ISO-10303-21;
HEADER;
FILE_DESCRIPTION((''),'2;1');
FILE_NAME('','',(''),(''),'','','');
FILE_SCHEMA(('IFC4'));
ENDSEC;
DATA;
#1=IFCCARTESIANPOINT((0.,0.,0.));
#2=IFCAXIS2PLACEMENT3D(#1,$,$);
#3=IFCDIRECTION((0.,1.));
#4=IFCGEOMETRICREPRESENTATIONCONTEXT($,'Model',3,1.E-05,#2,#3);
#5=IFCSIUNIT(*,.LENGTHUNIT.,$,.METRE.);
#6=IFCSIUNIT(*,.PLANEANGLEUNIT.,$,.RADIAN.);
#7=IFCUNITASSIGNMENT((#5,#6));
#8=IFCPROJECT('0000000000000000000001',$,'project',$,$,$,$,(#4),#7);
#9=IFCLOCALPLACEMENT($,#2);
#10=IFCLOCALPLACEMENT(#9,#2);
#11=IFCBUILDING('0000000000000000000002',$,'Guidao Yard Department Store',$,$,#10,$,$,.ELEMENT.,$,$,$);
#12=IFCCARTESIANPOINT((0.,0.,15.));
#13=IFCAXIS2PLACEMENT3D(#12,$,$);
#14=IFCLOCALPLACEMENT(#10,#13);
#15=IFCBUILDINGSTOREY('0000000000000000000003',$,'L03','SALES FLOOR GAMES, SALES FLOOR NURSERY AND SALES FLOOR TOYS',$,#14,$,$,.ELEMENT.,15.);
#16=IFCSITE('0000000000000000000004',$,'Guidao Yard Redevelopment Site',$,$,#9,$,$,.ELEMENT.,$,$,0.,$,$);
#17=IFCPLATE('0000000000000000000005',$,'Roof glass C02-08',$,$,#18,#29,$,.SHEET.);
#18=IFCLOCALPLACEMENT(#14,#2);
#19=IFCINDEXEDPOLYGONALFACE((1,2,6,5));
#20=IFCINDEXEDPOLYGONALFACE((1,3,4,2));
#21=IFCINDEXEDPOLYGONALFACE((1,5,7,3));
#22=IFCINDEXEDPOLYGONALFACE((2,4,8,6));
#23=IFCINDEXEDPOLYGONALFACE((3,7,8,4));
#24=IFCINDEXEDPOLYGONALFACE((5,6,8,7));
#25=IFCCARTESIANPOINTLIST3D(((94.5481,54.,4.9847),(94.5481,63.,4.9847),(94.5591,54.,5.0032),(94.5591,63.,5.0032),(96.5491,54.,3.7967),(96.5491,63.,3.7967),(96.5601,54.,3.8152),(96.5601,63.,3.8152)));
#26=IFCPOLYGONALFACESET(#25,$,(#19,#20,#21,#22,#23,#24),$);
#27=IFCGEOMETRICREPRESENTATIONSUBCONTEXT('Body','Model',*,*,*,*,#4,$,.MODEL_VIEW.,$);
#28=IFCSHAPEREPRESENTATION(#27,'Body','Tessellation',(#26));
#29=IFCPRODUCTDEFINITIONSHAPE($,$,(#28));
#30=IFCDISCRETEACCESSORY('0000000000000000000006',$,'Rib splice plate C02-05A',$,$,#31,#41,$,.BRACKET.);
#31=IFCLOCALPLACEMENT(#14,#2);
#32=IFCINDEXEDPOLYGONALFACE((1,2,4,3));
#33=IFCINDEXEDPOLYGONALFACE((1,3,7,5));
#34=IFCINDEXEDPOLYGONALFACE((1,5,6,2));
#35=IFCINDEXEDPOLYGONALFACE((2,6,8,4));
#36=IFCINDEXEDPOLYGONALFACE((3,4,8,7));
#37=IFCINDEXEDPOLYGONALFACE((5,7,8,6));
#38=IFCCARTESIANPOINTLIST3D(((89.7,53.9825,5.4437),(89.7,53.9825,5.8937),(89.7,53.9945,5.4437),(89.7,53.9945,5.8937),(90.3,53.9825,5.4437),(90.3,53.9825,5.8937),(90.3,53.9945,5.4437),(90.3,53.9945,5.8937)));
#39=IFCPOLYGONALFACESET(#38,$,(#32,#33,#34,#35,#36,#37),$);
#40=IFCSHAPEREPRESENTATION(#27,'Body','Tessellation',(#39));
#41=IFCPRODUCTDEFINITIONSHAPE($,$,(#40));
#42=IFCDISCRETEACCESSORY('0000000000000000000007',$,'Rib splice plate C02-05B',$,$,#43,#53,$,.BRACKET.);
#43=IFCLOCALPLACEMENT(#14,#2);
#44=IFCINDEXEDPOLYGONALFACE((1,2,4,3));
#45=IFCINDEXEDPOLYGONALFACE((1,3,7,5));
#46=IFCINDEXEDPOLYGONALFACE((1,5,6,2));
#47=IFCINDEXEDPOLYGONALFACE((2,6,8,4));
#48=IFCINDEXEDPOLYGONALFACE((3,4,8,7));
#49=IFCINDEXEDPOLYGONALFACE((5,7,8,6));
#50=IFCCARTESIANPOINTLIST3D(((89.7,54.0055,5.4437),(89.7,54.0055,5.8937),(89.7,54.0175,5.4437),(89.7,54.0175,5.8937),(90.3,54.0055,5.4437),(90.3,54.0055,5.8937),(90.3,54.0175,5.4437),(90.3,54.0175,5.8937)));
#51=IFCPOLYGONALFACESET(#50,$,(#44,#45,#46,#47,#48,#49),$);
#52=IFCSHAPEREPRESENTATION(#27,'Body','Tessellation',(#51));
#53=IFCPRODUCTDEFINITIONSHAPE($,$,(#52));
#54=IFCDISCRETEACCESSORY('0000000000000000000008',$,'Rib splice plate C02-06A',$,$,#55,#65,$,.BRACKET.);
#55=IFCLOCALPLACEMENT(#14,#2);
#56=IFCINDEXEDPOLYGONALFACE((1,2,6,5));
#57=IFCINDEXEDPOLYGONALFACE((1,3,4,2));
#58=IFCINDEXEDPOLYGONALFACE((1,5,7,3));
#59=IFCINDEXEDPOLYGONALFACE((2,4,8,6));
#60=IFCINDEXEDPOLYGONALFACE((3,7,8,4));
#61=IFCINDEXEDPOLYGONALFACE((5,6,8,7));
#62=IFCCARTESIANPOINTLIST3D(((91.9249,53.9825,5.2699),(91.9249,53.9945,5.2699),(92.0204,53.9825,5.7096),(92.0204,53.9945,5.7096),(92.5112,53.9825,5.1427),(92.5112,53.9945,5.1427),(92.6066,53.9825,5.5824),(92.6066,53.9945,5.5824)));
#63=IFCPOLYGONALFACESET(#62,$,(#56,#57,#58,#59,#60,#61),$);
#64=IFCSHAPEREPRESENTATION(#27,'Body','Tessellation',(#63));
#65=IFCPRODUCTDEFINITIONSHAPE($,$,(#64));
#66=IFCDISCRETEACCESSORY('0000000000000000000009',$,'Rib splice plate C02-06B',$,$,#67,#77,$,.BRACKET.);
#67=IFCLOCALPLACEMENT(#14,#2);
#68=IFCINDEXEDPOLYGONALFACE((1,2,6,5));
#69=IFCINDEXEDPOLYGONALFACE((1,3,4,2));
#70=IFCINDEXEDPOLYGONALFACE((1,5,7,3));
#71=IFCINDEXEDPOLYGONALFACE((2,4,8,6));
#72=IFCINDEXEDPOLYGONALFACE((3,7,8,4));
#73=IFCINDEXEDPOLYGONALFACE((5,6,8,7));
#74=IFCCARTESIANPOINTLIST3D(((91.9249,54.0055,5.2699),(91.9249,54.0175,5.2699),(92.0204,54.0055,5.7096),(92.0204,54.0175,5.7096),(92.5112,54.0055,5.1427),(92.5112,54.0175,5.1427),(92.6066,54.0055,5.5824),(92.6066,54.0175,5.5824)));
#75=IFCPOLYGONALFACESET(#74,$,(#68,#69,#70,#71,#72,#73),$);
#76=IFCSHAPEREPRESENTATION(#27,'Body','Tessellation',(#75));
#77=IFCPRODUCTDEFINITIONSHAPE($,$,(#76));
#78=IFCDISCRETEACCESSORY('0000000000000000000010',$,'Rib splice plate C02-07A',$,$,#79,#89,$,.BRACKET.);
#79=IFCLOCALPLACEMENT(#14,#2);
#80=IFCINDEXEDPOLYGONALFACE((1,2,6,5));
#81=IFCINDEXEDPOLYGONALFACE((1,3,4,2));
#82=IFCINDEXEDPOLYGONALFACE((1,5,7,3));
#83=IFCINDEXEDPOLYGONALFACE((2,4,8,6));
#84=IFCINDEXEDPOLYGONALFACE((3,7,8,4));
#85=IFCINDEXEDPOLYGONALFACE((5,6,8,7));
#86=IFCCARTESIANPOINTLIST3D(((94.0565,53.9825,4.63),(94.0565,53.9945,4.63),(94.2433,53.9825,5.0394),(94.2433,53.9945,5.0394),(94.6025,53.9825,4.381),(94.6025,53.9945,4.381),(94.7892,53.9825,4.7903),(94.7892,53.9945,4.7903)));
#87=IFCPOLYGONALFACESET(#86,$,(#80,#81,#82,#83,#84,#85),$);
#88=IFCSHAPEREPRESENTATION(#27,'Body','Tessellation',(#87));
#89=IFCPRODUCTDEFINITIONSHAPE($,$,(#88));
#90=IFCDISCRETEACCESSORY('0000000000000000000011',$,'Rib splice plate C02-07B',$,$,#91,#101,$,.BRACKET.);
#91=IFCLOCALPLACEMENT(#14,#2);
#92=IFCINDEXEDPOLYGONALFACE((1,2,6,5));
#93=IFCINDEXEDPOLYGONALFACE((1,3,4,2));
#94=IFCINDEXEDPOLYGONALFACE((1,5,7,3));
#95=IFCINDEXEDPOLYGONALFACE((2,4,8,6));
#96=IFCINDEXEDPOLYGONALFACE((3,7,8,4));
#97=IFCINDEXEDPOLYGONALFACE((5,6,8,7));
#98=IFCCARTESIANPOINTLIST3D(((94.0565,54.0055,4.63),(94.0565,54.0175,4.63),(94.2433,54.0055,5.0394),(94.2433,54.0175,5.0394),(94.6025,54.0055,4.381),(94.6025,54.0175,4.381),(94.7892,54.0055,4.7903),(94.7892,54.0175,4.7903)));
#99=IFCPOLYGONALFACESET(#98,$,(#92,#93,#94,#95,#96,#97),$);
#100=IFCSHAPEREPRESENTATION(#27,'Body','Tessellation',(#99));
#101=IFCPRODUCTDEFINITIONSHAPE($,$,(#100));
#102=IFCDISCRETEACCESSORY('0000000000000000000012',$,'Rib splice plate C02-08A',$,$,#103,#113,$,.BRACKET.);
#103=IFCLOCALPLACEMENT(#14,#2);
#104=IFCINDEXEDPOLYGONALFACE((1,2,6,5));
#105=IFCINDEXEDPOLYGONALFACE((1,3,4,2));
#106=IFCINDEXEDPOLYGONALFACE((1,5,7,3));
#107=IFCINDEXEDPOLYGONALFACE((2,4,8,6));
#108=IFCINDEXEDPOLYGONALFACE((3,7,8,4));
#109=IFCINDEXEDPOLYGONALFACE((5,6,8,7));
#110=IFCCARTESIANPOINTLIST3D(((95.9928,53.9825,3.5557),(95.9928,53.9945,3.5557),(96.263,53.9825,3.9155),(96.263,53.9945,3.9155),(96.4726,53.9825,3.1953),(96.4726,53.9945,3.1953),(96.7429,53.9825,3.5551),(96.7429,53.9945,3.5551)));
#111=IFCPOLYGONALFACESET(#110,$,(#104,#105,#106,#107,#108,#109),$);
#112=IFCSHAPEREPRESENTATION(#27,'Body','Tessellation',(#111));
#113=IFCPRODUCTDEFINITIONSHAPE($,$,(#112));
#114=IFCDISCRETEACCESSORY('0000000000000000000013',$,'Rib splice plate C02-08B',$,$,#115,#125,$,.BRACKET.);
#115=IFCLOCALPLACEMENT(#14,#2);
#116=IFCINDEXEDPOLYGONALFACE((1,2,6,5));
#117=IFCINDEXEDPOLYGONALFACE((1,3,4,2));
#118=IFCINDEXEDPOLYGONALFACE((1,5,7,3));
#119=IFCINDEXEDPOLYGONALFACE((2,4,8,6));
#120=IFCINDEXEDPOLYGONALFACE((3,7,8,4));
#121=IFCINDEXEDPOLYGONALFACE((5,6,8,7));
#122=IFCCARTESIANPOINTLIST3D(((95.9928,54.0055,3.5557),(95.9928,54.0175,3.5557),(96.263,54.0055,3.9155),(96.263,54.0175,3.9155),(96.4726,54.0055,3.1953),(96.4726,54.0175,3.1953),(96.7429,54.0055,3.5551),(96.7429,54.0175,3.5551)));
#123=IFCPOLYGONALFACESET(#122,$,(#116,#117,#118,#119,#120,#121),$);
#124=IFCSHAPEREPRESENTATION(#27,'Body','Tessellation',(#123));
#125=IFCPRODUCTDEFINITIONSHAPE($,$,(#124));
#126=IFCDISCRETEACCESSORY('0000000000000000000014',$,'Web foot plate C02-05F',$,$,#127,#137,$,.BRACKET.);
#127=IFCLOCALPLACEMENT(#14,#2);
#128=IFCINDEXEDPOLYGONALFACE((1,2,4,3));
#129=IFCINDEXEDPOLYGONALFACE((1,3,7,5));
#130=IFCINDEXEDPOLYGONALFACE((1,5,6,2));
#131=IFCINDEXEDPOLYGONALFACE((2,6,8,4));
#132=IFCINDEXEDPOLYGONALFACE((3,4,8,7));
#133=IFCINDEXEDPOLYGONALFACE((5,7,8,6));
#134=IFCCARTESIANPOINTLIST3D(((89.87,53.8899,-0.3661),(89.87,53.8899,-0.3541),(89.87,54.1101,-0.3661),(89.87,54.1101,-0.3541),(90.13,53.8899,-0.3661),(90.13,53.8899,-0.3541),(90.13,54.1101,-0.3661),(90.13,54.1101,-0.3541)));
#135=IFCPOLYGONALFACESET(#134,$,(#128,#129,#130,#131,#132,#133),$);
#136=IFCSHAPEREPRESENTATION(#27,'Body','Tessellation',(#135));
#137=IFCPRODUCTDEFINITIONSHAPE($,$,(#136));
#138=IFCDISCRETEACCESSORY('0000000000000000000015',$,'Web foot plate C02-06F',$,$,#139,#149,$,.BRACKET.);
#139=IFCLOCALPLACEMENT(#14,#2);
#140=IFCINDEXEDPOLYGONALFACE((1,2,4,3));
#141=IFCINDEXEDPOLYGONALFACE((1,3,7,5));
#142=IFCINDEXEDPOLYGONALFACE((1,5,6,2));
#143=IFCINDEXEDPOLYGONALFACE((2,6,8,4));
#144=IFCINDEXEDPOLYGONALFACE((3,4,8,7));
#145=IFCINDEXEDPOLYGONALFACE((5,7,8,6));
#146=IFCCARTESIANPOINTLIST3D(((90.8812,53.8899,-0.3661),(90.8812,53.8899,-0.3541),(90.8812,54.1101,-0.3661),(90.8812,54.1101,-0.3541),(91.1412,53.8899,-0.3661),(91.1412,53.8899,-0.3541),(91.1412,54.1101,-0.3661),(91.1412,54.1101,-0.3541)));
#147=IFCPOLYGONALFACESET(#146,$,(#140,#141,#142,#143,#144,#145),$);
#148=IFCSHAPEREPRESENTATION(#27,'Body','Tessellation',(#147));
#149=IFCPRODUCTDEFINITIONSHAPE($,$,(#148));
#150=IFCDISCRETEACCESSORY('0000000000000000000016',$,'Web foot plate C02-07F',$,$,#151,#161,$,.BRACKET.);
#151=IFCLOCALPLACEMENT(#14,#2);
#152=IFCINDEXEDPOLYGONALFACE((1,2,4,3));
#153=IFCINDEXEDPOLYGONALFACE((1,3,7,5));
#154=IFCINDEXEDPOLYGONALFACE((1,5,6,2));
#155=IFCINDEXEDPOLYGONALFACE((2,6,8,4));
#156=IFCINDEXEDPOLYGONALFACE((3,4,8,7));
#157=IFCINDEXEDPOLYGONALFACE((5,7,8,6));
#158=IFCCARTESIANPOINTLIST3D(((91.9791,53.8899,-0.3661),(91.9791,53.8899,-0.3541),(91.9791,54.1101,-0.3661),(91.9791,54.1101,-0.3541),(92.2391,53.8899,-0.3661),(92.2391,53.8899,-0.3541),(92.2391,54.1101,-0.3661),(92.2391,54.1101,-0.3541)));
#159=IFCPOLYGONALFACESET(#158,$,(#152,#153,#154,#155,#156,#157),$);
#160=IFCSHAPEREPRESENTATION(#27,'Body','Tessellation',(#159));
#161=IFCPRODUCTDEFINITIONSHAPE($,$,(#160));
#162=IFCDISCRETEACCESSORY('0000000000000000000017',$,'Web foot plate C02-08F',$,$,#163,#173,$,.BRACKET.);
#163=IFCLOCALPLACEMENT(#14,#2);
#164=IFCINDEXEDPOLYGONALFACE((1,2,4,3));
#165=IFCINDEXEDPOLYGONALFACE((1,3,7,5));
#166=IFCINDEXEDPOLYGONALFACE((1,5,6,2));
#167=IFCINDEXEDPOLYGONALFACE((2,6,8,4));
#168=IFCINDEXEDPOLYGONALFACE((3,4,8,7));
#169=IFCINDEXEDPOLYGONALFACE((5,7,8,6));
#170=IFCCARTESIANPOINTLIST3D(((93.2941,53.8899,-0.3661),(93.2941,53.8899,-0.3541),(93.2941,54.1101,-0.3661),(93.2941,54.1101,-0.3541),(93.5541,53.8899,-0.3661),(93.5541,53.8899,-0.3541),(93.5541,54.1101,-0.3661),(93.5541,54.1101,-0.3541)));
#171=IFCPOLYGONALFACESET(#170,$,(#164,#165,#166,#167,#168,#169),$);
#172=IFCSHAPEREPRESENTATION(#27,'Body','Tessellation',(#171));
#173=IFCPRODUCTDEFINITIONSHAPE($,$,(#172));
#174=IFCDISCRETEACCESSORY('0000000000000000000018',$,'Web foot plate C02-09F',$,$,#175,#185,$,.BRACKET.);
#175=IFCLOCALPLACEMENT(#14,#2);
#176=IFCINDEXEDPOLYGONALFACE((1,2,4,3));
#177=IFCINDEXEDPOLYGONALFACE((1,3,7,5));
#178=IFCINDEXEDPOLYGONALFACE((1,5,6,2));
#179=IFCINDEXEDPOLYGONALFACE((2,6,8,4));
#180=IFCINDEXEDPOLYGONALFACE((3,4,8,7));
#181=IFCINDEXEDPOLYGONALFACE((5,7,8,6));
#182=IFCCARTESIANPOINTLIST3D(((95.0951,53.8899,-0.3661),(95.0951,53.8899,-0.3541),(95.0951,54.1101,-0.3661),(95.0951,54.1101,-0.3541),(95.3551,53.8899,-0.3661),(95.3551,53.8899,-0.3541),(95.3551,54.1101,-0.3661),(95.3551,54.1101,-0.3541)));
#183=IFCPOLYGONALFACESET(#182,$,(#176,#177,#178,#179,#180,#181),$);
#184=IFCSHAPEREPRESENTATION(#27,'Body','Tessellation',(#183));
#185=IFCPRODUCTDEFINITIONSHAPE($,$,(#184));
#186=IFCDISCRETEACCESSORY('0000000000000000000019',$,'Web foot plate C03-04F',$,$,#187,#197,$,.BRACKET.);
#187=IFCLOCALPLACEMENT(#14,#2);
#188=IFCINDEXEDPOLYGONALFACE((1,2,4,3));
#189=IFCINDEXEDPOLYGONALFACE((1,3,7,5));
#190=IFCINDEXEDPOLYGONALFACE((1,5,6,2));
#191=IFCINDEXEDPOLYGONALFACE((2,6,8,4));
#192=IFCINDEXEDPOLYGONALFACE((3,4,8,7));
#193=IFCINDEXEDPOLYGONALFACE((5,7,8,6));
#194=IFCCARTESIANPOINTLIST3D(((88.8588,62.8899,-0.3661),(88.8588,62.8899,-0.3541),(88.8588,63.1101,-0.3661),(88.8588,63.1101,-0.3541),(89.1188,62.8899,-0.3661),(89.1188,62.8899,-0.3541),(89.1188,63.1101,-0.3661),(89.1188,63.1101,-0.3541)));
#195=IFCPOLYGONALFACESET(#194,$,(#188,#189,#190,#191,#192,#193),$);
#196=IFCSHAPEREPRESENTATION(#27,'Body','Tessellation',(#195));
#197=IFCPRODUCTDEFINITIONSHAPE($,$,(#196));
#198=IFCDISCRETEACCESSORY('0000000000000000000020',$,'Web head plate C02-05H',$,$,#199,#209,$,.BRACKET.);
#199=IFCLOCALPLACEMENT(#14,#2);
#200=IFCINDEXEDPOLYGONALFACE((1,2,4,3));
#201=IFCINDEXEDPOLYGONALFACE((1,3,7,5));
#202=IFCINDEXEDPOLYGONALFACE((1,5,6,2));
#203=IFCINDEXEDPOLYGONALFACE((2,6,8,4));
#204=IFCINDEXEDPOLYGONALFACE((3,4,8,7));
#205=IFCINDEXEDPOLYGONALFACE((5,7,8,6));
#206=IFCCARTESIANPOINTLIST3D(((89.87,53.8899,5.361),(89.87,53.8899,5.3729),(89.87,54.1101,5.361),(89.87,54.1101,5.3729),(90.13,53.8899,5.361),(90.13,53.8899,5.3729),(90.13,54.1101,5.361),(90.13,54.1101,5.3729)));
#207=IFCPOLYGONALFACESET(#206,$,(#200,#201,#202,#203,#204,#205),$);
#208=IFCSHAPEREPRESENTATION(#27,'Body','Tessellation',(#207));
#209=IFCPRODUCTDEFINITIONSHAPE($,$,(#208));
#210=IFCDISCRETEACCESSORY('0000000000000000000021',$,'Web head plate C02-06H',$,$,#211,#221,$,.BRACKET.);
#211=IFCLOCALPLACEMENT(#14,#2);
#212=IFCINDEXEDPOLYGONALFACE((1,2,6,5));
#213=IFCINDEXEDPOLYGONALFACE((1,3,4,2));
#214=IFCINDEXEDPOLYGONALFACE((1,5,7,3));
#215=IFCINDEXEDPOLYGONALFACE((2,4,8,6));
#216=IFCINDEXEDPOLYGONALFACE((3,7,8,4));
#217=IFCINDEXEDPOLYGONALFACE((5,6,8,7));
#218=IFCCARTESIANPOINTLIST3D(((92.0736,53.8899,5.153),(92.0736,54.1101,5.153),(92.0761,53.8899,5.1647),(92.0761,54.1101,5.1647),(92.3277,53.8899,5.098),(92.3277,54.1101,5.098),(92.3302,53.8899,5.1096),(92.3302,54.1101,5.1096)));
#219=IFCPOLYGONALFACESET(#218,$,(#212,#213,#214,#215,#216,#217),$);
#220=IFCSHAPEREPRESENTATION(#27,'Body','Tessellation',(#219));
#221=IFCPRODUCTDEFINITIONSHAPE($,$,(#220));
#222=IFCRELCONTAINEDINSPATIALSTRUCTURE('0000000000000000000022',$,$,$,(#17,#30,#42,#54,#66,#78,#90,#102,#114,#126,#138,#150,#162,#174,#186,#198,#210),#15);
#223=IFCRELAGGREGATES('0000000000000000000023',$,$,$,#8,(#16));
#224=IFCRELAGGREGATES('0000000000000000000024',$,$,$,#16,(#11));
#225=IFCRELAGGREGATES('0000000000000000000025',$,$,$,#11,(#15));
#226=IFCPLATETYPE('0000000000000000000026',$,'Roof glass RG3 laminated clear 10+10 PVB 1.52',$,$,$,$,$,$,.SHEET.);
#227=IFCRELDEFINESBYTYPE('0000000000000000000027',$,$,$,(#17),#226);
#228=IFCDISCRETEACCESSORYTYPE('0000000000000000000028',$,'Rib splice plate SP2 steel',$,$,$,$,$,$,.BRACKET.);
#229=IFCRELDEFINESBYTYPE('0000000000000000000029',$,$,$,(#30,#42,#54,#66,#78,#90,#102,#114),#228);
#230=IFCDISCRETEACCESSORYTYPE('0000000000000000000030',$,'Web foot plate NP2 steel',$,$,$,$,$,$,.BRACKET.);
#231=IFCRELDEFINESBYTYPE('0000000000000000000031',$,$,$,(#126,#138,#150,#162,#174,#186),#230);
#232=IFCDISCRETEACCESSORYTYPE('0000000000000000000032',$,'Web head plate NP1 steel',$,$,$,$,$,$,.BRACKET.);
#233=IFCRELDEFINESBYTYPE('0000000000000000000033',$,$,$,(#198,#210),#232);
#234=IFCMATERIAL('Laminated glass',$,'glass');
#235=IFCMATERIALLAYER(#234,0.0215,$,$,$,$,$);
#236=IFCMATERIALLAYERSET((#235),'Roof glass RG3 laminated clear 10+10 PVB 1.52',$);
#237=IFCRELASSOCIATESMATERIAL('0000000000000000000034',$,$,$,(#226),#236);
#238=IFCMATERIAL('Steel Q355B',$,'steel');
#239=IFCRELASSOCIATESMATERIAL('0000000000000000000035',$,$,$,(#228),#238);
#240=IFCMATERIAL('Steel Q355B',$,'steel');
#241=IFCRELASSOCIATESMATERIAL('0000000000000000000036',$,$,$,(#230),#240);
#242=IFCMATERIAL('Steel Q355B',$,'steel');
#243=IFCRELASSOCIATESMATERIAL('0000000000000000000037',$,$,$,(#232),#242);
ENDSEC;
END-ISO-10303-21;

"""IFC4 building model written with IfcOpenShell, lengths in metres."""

from ifc_helpers import new_model, si_unit, direction, frame, origin, origin_2d, place, context, subcontext, project, spatial, polyline, rectangle, outline, extrude, material, layer, layer_set, material_profile, profile_set, type_object, element, save


model = new_model("IFC4")

# Units and contexts
model_context = context("Model", 3, precision=1e-05, world=origin(), true_north=direction((0.0, 1.0)))
body_context = subcontext(model_context, "Body", "Model", "MODEL_VIEW")
ifc_project = project(units=[si_unit("LENGTHUNIT", "METRE"), si_unit("PLANEANGLEUNIT", "RADIAN")], contexts=[model_context])

# Site, building, storey
site_placement = place(None, origin())
site = spatial("IfcSite", under=ifc_project, at=site_placement, Name="Guidao Yard Redevelopment Site", CompositionType="ELEMENT", RefElevation=0.0)
building_placement = place(site_placement, origin())
building = spatial("IfcBuilding", under=site, at=building_placement, Name="Guidao Yard Department Store", CompositionType="ELEMENT")
storey_placement = place(building_placement, frame((0.0, 0.0, 15.0)))
storey = spatial("IfcBuildingStorey", under=building, at=storey_placement, Name="L03", Description="SALES FLOOR GAMES, SALES FLOOR NURSERY AND SALES FLOOR TOYS", CompositionType="ELEMENT", Elevation=15.0)

# Plate
ifc_material_1 = material(Name="Laminated glass", Category="glass")
ifc_layer = layer(ifc_material_1, 0.0215)
ifc_layer_set = layer_set([ifc_layer], Name="Roof glass RG3 laminated clear 10+10 PVB 1.52")
plate_type = type_object("IfcPlateType", Name="Roof glass RG3 laminated clear 10+10 PVB 1.52", PredefinedType="SHEET", material=ifc_layer_set)
plate_placement = place(storey_placement, frame((94.5591, 54.0, 5.0032), z_axis=(0.51051, 0.0, 0.859872), x_axis=(0.859872, 0.0, -0.51051)))
element("IfcPlate", 1, at=plate_placement, inside=storey, type_object=plate_type, Name="Roof glass C02-08", PredefinedType="SHEET", context=body_context, shape_type="SweptSolid", body=[
    extrude(outline(polyline([(0.0, 0.0), (2.3271, 0.0), (2.3271, 9.0), (0.0, 9.0), (0.0, 0.0)])), origin(), (0.0, 0.0, -1.0), 0.0215),
])

# Discrete accessories
ifc_material_2 = material(Name="Steel Q355B", Category="steel")
ifc_material_profile_1 = material_profile(ifc_material_2, rectangle(XDim=0.012, YDim=0.45, at=origin_2d()), Name="Splice plate 450x12")
ifc_profile_set_1 = profile_set([ifc_material_profile_1], Name="Steel Q355B")
discrete_accessory_type_1 = type_object("IfcDiscreteAccessoryType", Name="Rib splice plate SP2 steel", PredefinedType="BRACKET", material=ifc_profile_set_1)
for number, where, z_axis, x_axis, name in (
    (2, (89.7, 53.9885, 5.6687), (1.0, 0.0, 0.0), (0.0, 1.0, 0.0), "Rib splice plate C02-05A"),
    (3, (89.7, 54.0115, 5.6687), (1.0, 0.0, 0.0), (0.0, 1.0, 0.0), "Rib splice plate C02-05B"),
):
    element("IfcDiscreteAccessory", number, at=place(storey_placement, frame(where, z_axis=z_axis, x_axis=x_axis)), inside=storey, type_object=discrete_accessory_type_1, Name=name, PredefinedType="BRACKET", context=body_context, shape_type="SweptSolid", body=[
        extrude(rectangle(XDim=0.012, YDim=0.45, at=origin_2d()), origin(), (0.0, 0.0, 1.0), 0.6001),
    ])
for number, where, z_axis, x_axis, name in (
    (4, (91.9727, 53.9885, 5.4897), (0.977257, 0.0, -0.212058), (0.0, 1.0, 0.0), "Rib splice plate C02-06A"),
    (5, (91.9727, 54.0115, 5.4897), (0.977257, 0.0, -0.212058), (0.0, 1.0, 0.0), "Rib splice plate C02-06B"),
):
    element("IfcDiscreteAccessory", number, at=place(storey_placement, frame(where, z_axis=z_axis, x_axis=x_axis)), inside=storey, type_object=discrete_accessory_type_1, Name=name, PredefinedType="BRACKET", context=body_context, shape_type="SweptSolid", body=[
        extrude(rectangle(XDim=0.012, YDim=0.45, at=origin_2d()), origin(), (0.0, 0.0, 1.0), 0.5999),
    ])
for number, where, z_axis, x_axis, name in (
    (6, (94.1499, 53.9885, 4.8347), (0.909808, 0.0, -0.415029), (0.0, 1.0, 0.0), "Rib splice plate C02-07A"),
    (7, (94.1499, 54.0115, 4.8347), (0.909808, 0.0, -0.415029), (0.0, 1.0, 0.0), "Rib splice plate C02-07B"),
    (8, (96.1279, 53.9885, 3.7356), (0.79956, 0.0, -0.600586), (0.0, 1.0, 0.0), "Rib splice plate C02-08A"),
    (9, (96.1279, 54.0115, 3.7356), (0.79956, 0.0, -0.600586), (0.0, 1.0, 0.0), "Rib splice plate C02-08B"),
):
    element("IfcDiscreteAccessory", number, at=place(storey_placement, frame(where, z_axis=z_axis, x_axis=x_axis)), inside=storey, type_object=discrete_accessory_type_1, Name=name, PredefinedType="BRACKET", context=body_context, shape_type="SweptSolid", body=[
        extrude(rectangle(XDim=0.012, YDim=0.45, at=origin_2d()), origin(), (0.0, 0.0, 1.0), 0.6001),
    ])
ifc_material_3 = material(Name="Steel Q355B", Category="steel")
ifc_material_profile_2 = material_profile(ifc_material_3, rectangle(XDim=0.26, YDim=0.012, at=origin_2d()), Name="Node plate 260x12")
ifc_profile_set_2 = profile_set([ifc_material_profile_2], Name="Steel Q355B")
discrete_accessory_type_2 = type_object("IfcDiscreteAccessoryType", Name="Web foot plate NP2 steel", PredefinedType="BRACKET", material=ifc_profile_set_2)
for number, where, z_axis, x_axis, name in (
    (10, (90.0, 53.8899, -0.3601), (0.0, 1.0, 0.0), (-1.0, 0.0, 0.0), "Web foot plate C02-05F"),
    (11, (91.0112, 53.8899, -0.3601), (0.0, 1.0, 0.0), (-1.0, 0.0, 0.0), "Web foot plate C02-06F"),
    (12, (92.1091, 53.8899, -0.3601), (0.0, 1.0, 0.0), (-1.0, 0.0, 0.0), "Web foot plate C02-07F"),
    (13, (93.4241, 53.8899, -0.3601), (0.0, 1.0, 0.0), (-1.0, 0.0, 0.0), "Web foot plate C02-08F"),
    (14, (95.2251, 53.8899, -0.3601), (0.0, 1.0, 0.0), (-1.0, 0.0, 0.0), "Web foot plate C02-09F"),
    (15, (88.9888, 62.8899, -0.3601), (0.0, 1.0, 0.0), (-1.0, 0.0, 0.0), "Web foot plate C03-04F"),
):
    element("IfcDiscreteAccessory", number, at=place(storey_placement, frame(where, z_axis=z_axis, x_axis=x_axis)), inside=storey, type_object=discrete_accessory_type_2, Name=name, PredefinedType="BRACKET", context=body_context, shape_type="SweptSolid", body=[
        extrude(rectangle(XDim=0.26, YDim=0.012, at=origin_2d()), origin(), (0.0, 0.0, 1.0), 0.2202),
    ])
ifc_material_4 = material(Name="Steel Q355B", Category="steel")
ifc_material_profile_3 = material_profile(ifc_material_4, rectangle(XDim=0.26, YDim=0.012, at=origin_2d()), Name="Node plate 260x12")
ifc_profile_set_3 = profile_set([ifc_material_profile_3], Name="Steel Q355B")
discrete_accessory_type_3 = type_object("IfcDiscreteAccessoryType", Name="Web head plate NP1 steel", PredefinedType="BRACKET", material=ifc_profile_set_3)
for number, where, z_axis, x_axis, name in (
    (16, (90.0, 53.8899, 5.3669), (0.0, 1.0, 0.0), (-1.0, 0.0, 0.0), "Web head plate C02-05H"),
    (17, (92.2019, 53.8899, 5.1313), (0.0, 1.0, 0.0), (-0.977292, 0.0, 0.211897), "Web head plate C02-06H"),
):
    element("IfcDiscreteAccessory", number, at=place(storey_placement, frame(where, z_axis=z_axis, x_axis=x_axis)), inside=storey, type_object=discrete_accessory_type_3, Name=name, PredefinedType="BRACKET", context=body_context, shape_type="SweptSolid", body=[
        extrude(rectangle(XDim=0.26, YDim=0.012, at=origin_2d()), origin(), (0.0, 0.0, 1.0), 0.2202),
    ])

save(model, "model.ifc")
